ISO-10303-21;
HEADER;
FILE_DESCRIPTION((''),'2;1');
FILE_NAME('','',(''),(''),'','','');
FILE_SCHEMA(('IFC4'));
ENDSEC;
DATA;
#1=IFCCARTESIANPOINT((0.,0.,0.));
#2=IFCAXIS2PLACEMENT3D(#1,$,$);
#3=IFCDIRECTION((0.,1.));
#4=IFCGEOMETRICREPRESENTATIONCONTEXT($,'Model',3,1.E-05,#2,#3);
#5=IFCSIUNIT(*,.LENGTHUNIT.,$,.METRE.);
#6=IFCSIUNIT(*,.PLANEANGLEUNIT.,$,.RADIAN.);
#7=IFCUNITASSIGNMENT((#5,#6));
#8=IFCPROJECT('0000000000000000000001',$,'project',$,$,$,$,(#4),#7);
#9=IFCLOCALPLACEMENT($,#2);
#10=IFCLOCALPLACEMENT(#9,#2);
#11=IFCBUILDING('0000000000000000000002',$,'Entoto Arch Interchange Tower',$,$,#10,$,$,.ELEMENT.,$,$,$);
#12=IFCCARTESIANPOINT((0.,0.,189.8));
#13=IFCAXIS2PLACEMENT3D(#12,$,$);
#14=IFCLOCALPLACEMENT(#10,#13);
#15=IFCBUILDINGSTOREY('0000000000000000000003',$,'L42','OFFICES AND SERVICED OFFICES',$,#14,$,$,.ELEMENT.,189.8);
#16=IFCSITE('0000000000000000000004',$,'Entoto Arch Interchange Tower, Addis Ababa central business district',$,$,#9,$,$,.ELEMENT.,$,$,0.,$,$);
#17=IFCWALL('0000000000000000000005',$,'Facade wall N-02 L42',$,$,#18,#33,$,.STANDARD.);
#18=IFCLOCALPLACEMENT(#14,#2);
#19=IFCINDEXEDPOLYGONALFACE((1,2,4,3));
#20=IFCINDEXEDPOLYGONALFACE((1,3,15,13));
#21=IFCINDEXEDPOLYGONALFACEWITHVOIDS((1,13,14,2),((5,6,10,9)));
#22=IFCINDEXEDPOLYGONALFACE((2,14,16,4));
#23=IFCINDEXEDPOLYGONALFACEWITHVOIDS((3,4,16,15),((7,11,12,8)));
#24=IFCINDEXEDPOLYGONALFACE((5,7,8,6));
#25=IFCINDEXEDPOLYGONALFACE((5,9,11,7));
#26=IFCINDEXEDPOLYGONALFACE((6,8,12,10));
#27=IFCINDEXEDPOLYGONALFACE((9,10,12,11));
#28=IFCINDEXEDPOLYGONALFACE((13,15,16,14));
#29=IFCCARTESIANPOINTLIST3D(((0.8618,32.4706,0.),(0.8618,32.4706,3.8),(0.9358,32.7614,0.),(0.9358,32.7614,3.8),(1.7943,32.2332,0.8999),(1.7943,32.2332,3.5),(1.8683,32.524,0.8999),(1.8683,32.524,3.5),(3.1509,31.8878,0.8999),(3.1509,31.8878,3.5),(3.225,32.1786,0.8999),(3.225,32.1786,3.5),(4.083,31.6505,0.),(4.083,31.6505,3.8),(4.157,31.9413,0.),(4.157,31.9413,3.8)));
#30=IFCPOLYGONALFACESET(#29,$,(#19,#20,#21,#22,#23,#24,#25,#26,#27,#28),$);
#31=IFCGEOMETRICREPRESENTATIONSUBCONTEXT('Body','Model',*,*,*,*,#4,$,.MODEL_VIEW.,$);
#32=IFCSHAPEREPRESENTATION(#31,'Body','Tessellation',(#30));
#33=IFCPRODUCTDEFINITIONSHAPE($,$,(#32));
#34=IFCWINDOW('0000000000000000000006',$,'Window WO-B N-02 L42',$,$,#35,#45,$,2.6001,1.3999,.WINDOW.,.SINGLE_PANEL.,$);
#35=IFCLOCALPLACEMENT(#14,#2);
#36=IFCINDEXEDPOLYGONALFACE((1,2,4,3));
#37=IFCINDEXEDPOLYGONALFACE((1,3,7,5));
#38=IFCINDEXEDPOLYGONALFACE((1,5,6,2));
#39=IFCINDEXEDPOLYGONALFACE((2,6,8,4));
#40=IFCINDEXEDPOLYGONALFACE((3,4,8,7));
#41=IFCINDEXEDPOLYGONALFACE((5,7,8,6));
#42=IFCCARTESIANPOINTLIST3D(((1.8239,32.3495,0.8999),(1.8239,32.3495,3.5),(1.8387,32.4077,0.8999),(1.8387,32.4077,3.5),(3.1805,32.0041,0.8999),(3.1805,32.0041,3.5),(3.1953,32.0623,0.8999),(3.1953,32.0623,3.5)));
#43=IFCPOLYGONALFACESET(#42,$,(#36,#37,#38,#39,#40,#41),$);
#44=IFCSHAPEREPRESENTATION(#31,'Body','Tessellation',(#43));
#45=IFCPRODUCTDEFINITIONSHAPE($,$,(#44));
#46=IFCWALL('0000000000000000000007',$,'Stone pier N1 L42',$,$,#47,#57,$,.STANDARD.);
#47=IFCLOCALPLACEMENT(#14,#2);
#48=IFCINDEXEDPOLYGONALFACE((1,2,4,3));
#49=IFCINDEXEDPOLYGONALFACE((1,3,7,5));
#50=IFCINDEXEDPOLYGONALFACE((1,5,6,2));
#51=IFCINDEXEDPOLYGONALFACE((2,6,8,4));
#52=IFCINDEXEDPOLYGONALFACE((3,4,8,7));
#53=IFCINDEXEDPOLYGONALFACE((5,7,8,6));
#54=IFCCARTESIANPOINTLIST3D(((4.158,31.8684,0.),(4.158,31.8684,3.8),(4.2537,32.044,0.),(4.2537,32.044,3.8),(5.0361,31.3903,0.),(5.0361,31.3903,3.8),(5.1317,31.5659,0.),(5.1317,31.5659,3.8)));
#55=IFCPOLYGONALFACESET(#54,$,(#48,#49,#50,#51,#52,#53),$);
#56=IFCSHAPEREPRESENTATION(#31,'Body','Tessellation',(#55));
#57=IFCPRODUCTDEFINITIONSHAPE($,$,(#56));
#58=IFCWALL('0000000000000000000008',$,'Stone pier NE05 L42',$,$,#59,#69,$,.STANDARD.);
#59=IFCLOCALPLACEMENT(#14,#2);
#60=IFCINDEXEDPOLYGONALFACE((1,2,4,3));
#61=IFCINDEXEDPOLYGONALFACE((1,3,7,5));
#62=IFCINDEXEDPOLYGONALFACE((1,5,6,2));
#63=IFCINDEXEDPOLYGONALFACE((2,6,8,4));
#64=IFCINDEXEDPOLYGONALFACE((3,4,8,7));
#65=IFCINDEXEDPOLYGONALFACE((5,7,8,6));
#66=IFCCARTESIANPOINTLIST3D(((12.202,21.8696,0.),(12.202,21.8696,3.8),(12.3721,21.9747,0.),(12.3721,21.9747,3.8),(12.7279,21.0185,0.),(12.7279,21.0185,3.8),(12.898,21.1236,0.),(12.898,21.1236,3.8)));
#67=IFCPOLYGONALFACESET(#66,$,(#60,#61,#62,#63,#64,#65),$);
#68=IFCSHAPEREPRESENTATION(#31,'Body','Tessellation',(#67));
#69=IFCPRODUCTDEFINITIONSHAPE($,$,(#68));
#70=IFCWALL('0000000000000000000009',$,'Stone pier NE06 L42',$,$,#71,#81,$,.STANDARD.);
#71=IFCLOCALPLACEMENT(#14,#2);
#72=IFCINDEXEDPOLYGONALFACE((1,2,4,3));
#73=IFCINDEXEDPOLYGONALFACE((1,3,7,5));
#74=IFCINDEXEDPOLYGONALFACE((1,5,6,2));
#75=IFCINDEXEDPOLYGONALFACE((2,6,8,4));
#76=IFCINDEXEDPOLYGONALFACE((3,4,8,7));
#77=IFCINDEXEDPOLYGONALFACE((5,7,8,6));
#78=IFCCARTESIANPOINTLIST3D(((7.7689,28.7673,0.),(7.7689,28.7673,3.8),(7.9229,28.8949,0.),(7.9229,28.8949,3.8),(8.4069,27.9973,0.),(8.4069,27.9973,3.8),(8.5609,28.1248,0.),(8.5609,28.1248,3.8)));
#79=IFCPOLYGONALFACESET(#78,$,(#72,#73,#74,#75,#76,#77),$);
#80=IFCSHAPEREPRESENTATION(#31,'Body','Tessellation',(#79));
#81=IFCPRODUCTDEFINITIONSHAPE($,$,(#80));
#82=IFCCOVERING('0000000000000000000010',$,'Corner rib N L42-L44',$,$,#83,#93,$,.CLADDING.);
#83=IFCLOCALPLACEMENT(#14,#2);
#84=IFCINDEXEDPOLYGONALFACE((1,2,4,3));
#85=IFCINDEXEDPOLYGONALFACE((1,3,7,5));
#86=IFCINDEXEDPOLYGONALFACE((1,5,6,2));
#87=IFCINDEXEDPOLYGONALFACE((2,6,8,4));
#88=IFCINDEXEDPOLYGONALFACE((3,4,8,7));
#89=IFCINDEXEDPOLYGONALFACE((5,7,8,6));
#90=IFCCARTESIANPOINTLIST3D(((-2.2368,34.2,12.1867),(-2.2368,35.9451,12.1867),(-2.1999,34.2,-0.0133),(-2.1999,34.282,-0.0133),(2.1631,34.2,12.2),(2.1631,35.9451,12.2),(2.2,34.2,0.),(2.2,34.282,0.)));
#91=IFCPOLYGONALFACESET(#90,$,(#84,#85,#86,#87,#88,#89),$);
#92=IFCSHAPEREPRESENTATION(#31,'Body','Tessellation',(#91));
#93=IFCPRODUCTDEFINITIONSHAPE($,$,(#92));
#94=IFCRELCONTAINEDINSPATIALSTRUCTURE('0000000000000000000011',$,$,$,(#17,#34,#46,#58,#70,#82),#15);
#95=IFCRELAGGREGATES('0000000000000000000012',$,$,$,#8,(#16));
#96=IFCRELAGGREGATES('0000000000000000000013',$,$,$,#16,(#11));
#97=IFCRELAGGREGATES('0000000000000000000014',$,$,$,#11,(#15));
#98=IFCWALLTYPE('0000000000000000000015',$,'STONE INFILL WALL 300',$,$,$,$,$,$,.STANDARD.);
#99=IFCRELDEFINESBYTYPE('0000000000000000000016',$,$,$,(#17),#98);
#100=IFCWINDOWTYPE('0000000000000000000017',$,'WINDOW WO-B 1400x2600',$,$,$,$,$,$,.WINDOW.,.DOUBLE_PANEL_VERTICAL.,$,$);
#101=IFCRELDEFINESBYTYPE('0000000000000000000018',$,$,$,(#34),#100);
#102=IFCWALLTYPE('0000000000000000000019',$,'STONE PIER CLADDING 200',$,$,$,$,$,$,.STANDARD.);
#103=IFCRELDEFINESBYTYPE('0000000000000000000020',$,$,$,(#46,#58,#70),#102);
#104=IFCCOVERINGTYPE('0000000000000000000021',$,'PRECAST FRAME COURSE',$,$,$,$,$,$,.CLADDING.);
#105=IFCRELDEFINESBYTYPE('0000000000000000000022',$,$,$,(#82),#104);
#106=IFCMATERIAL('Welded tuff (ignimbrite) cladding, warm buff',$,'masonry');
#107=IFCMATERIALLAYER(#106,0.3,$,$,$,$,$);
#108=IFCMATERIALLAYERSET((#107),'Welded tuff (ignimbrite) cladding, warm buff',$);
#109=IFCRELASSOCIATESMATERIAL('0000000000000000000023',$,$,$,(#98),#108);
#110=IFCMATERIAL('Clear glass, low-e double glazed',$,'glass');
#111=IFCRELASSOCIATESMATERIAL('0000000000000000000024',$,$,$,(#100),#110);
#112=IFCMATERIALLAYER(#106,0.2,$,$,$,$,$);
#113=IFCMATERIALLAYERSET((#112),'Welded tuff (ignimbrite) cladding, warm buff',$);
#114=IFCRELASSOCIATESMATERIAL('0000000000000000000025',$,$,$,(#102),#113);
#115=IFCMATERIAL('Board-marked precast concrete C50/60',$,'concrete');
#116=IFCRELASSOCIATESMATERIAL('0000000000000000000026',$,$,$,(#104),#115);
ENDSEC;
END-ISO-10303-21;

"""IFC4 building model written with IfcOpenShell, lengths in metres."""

from ifc_helpers import new_model, si_unit, direction, frame, frame_2d, origin, place, context, subcontext, project, spatial, polyline, rectangle, outline, extrude, material, layer, layer_set, type_object, element, fill, save


model = new_model("IFC4")

# Units and contexts
model_context = context("Model", 3, precision=1e-05, world=origin(), true_north=direction((0.0, 1.0)))
body_context = subcontext(model_context, "Body", "Model", "MODEL_VIEW")
ifc_project = project(units=[si_unit("LENGTHUNIT", "METRE"), si_unit("PLANEANGLEUNIT", "RADIAN")], contexts=[model_context])

# Site, building, storey
site_placement = place(None, origin())
site = spatial("IfcSite", under=ifc_project, at=site_placement, Name="Entoto Arch Interchange Tower, Addis Ababa central business district", CompositionType="ELEMENT", RefElevation=0.0)
building_placement = place(site_placement, origin())
building = spatial("IfcBuilding", under=site, at=building_placement, Name="Entoto Arch Interchange Tower", CompositionType="ELEMENT")
storey_placement = place(building_placement, frame((0.0, 0.0, 189.8)))
storey = spatial("IfcBuildingStorey", under=building, at=storey_placement, Name="L42", Description="OFFICES AND SERVICED OFFICES", CompositionType="ELEMENT", Elevation=189.8)

# Shared definitions
ifc_material_1 = material(Name="Board-marked precast concrete C50/60", Category="concrete")

# Shared definitions
ifc_material_2 = material(Name="Welded tuff (ignimbrite) cladding, warm buff", Category="masonry")
ifc_layer_1 = layer(ifc_material_2, 0.3)
ifc_layer_set_1 = layer_set([ifc_layer_1], Name="Welded tuff (ignimbrite) cladding, warm buff")
wall_type_1 = type_object("IfcWallType", Name="STONE INFILL WALL 300", PredefinedType="STANDARD", material=ifc_layer_set_1)
ifc_material_3 = material(Name="Clear glass, low-e double glazed", Category="glass")

# Wall, opening, window
window_type_1 = type_object("IfcWindowType", Name="WINDOW WO-B 1400x2600", PartitioningType="DOUBLE_PANEL_VERTICAL", PredefinedType="WINDOW", material=ifc_material_3)
wall_1_placement = place(storey_placement, frame((4.1201, 31.7959, 0.0), z_axis=(0.0, 0.0, 1.0), x_axis=(-0.969088, 0.246716, 0.0)))
wall_1 = element("IfcWall", 1, at=wall_1_placement, inside=storey, type_object=wall_type_1, Name="Facade wall N-02 L42", PredefinedType="STANDARD", context=body_context, shape_type="SweptSolid", body=[
    extrude(rectangle(XDim=3.324, YDim=0.3, at=frame_2d((1.6621, 0.0))), origin(), (0.0, 0.0, 1.0), 3.8),
])
opening_1_placement = place(wall_1_placement, frame((0.9619, 0.0, 0.8999)))
opening_1 = element("IfcOpeningElement", 2, at=opening_1_placement, cuts=wall_1, PredefinedType="OPENING", context=body_context, shape_type="SweptSolid", body=[
    extrude(rectangle(XDim=1.3999, YDim=2.6001, at=frame_2d((0.7, 1.3))), frame((0.0, 0.1602, 0.0), z_axis=(0.0, -1.0, 0.0), x_axis=(1.0, 0.0, 0.0)), (0.0, 0.0, 1.0), 0.3201),
])
window_1_placement = place(opening_1_placement, origin())
window_1 = element("IfcWindow", 3, at=window_1_placement, inside=storey, type_object=window_type_1, Name="Window WO-B N-02 L42", OverallHeight=2.6001, OverallWidth=1.3999, PartitioningType="SINGLE_PANEL", PredefinedType="WINDOW", context=body_context, shape_type="SweptSolid", body=[
    extrude(rectangle(XDim=1.3999, YDim=2.6001, at=frame_2d((0.7, 1.3))), frame((0.0, 0.03, 0.0), z_axis=(0.0, -1.0, 0.0), x_axis=(1.0, 0.0, 0.0)), (0.0, 0.0, 1.0), 0.0601),
])
fill(opening_1, window_1)

# Walls
ifc_layer_2 = layer(ifc_material_2, 0.2)
ifc_layer_set_2 = layer_set([ifc_layer_2], Name="Welded tuff (ignimbrite) cladding, warm buff")
wall_type_2 = type_object("IfcWallType", Name="STONE PIER CLADDING 200", PredefinedType="STANDARD", material=ifc_layer_set_2)
wall_2_placement = place(storey_placement, frame((5.084, 31.478, 0.0), z_axis=(0.0, 0.0, 1.0), x_axis=(-0.87825, 0.478202, 0.0)))
element("IfcWall", 4, at=wall_2_placement, inside=storey, type_object=wall_type_2, Name="Stone pier N1 L42", PredefinedType="STANDARD", context=body_context, shape_type="SweptSolid", body=[
    extrude(rectangle(XDim=0.9998, YDim=0.2, at=frame_2d((0.5, 0.0))), origin(), (0.0, 0.0, 1.0), 3.8),
])
wall_3_placement = place(storey_placement, frame((12.813, 21.071, 0.0), z_axis=(0.0, 0.0, 1.0), x_axis=(-0.525649, 0.850702, 0.0)))
element("IfcWall", 5, at=wall_3_placement, inside=storey, type_object=wall_type_2, Name="Stone pier NE05 L42", PredefinedType="STANDARD", context=body_context, shape_type="SweptSolid", body=[
    extrude(rectangle(XDim=1.0005, YDim=0.2, at=frame_2d((0.5002, 0.0))), origin(), (0.0, 0.0, 1.0), 3.8),
])
wall_4_placement = place(storey_placement, frame((8.4839, 28.061, 0.0), z_axis=(0.0, 0.0, 1.0), x_axis=(-0.637972, 0.770059, 0.0)))
element("IfcWall", 6, at=wall_4_placement, inside=storey, type_object=wall_type_2, Name="Stone pier NE06 L42", PredefinedType="STANDARD", context=body_context, shape_type="SweptSolid", body=[
    extrude(rectangle(XDim=1.0, YDim=0.2, at=frame_2d((0.5, 0.0))), origin(), (0.0, 0.0, 1.0), 3.8),
])

# Covering
covering_type = type_object("IfcCoveringType", Name="PRECAST FRAME COURSE", PredefinedType="CLADDING", material=ifc_material_1)
covering_placement = place(storey_placement, frame((2.2, 34.2, 0.0), z_axis=(0.999995, 0.0, 0.003022), x_axis=(0.0, 1.0, 0.0)))
element("IfcCovering", 7, at=covering_placement, inside=storey, type_object=covering_type, Name="Corner rib N L42-L44", PredefinedType="CLADDING", context=body_context, shape_type="SweptSolid", body=[
    extrude(outline(polyline([(0.0, 0.0), (0.082, 0.0), (1.7451, 12.2), (0.0, 12.2), (0.0, 0.0)])), origin(), (0.0, 0.0, -1.0), 4.3999),
])

save(model, "model.ifc")
